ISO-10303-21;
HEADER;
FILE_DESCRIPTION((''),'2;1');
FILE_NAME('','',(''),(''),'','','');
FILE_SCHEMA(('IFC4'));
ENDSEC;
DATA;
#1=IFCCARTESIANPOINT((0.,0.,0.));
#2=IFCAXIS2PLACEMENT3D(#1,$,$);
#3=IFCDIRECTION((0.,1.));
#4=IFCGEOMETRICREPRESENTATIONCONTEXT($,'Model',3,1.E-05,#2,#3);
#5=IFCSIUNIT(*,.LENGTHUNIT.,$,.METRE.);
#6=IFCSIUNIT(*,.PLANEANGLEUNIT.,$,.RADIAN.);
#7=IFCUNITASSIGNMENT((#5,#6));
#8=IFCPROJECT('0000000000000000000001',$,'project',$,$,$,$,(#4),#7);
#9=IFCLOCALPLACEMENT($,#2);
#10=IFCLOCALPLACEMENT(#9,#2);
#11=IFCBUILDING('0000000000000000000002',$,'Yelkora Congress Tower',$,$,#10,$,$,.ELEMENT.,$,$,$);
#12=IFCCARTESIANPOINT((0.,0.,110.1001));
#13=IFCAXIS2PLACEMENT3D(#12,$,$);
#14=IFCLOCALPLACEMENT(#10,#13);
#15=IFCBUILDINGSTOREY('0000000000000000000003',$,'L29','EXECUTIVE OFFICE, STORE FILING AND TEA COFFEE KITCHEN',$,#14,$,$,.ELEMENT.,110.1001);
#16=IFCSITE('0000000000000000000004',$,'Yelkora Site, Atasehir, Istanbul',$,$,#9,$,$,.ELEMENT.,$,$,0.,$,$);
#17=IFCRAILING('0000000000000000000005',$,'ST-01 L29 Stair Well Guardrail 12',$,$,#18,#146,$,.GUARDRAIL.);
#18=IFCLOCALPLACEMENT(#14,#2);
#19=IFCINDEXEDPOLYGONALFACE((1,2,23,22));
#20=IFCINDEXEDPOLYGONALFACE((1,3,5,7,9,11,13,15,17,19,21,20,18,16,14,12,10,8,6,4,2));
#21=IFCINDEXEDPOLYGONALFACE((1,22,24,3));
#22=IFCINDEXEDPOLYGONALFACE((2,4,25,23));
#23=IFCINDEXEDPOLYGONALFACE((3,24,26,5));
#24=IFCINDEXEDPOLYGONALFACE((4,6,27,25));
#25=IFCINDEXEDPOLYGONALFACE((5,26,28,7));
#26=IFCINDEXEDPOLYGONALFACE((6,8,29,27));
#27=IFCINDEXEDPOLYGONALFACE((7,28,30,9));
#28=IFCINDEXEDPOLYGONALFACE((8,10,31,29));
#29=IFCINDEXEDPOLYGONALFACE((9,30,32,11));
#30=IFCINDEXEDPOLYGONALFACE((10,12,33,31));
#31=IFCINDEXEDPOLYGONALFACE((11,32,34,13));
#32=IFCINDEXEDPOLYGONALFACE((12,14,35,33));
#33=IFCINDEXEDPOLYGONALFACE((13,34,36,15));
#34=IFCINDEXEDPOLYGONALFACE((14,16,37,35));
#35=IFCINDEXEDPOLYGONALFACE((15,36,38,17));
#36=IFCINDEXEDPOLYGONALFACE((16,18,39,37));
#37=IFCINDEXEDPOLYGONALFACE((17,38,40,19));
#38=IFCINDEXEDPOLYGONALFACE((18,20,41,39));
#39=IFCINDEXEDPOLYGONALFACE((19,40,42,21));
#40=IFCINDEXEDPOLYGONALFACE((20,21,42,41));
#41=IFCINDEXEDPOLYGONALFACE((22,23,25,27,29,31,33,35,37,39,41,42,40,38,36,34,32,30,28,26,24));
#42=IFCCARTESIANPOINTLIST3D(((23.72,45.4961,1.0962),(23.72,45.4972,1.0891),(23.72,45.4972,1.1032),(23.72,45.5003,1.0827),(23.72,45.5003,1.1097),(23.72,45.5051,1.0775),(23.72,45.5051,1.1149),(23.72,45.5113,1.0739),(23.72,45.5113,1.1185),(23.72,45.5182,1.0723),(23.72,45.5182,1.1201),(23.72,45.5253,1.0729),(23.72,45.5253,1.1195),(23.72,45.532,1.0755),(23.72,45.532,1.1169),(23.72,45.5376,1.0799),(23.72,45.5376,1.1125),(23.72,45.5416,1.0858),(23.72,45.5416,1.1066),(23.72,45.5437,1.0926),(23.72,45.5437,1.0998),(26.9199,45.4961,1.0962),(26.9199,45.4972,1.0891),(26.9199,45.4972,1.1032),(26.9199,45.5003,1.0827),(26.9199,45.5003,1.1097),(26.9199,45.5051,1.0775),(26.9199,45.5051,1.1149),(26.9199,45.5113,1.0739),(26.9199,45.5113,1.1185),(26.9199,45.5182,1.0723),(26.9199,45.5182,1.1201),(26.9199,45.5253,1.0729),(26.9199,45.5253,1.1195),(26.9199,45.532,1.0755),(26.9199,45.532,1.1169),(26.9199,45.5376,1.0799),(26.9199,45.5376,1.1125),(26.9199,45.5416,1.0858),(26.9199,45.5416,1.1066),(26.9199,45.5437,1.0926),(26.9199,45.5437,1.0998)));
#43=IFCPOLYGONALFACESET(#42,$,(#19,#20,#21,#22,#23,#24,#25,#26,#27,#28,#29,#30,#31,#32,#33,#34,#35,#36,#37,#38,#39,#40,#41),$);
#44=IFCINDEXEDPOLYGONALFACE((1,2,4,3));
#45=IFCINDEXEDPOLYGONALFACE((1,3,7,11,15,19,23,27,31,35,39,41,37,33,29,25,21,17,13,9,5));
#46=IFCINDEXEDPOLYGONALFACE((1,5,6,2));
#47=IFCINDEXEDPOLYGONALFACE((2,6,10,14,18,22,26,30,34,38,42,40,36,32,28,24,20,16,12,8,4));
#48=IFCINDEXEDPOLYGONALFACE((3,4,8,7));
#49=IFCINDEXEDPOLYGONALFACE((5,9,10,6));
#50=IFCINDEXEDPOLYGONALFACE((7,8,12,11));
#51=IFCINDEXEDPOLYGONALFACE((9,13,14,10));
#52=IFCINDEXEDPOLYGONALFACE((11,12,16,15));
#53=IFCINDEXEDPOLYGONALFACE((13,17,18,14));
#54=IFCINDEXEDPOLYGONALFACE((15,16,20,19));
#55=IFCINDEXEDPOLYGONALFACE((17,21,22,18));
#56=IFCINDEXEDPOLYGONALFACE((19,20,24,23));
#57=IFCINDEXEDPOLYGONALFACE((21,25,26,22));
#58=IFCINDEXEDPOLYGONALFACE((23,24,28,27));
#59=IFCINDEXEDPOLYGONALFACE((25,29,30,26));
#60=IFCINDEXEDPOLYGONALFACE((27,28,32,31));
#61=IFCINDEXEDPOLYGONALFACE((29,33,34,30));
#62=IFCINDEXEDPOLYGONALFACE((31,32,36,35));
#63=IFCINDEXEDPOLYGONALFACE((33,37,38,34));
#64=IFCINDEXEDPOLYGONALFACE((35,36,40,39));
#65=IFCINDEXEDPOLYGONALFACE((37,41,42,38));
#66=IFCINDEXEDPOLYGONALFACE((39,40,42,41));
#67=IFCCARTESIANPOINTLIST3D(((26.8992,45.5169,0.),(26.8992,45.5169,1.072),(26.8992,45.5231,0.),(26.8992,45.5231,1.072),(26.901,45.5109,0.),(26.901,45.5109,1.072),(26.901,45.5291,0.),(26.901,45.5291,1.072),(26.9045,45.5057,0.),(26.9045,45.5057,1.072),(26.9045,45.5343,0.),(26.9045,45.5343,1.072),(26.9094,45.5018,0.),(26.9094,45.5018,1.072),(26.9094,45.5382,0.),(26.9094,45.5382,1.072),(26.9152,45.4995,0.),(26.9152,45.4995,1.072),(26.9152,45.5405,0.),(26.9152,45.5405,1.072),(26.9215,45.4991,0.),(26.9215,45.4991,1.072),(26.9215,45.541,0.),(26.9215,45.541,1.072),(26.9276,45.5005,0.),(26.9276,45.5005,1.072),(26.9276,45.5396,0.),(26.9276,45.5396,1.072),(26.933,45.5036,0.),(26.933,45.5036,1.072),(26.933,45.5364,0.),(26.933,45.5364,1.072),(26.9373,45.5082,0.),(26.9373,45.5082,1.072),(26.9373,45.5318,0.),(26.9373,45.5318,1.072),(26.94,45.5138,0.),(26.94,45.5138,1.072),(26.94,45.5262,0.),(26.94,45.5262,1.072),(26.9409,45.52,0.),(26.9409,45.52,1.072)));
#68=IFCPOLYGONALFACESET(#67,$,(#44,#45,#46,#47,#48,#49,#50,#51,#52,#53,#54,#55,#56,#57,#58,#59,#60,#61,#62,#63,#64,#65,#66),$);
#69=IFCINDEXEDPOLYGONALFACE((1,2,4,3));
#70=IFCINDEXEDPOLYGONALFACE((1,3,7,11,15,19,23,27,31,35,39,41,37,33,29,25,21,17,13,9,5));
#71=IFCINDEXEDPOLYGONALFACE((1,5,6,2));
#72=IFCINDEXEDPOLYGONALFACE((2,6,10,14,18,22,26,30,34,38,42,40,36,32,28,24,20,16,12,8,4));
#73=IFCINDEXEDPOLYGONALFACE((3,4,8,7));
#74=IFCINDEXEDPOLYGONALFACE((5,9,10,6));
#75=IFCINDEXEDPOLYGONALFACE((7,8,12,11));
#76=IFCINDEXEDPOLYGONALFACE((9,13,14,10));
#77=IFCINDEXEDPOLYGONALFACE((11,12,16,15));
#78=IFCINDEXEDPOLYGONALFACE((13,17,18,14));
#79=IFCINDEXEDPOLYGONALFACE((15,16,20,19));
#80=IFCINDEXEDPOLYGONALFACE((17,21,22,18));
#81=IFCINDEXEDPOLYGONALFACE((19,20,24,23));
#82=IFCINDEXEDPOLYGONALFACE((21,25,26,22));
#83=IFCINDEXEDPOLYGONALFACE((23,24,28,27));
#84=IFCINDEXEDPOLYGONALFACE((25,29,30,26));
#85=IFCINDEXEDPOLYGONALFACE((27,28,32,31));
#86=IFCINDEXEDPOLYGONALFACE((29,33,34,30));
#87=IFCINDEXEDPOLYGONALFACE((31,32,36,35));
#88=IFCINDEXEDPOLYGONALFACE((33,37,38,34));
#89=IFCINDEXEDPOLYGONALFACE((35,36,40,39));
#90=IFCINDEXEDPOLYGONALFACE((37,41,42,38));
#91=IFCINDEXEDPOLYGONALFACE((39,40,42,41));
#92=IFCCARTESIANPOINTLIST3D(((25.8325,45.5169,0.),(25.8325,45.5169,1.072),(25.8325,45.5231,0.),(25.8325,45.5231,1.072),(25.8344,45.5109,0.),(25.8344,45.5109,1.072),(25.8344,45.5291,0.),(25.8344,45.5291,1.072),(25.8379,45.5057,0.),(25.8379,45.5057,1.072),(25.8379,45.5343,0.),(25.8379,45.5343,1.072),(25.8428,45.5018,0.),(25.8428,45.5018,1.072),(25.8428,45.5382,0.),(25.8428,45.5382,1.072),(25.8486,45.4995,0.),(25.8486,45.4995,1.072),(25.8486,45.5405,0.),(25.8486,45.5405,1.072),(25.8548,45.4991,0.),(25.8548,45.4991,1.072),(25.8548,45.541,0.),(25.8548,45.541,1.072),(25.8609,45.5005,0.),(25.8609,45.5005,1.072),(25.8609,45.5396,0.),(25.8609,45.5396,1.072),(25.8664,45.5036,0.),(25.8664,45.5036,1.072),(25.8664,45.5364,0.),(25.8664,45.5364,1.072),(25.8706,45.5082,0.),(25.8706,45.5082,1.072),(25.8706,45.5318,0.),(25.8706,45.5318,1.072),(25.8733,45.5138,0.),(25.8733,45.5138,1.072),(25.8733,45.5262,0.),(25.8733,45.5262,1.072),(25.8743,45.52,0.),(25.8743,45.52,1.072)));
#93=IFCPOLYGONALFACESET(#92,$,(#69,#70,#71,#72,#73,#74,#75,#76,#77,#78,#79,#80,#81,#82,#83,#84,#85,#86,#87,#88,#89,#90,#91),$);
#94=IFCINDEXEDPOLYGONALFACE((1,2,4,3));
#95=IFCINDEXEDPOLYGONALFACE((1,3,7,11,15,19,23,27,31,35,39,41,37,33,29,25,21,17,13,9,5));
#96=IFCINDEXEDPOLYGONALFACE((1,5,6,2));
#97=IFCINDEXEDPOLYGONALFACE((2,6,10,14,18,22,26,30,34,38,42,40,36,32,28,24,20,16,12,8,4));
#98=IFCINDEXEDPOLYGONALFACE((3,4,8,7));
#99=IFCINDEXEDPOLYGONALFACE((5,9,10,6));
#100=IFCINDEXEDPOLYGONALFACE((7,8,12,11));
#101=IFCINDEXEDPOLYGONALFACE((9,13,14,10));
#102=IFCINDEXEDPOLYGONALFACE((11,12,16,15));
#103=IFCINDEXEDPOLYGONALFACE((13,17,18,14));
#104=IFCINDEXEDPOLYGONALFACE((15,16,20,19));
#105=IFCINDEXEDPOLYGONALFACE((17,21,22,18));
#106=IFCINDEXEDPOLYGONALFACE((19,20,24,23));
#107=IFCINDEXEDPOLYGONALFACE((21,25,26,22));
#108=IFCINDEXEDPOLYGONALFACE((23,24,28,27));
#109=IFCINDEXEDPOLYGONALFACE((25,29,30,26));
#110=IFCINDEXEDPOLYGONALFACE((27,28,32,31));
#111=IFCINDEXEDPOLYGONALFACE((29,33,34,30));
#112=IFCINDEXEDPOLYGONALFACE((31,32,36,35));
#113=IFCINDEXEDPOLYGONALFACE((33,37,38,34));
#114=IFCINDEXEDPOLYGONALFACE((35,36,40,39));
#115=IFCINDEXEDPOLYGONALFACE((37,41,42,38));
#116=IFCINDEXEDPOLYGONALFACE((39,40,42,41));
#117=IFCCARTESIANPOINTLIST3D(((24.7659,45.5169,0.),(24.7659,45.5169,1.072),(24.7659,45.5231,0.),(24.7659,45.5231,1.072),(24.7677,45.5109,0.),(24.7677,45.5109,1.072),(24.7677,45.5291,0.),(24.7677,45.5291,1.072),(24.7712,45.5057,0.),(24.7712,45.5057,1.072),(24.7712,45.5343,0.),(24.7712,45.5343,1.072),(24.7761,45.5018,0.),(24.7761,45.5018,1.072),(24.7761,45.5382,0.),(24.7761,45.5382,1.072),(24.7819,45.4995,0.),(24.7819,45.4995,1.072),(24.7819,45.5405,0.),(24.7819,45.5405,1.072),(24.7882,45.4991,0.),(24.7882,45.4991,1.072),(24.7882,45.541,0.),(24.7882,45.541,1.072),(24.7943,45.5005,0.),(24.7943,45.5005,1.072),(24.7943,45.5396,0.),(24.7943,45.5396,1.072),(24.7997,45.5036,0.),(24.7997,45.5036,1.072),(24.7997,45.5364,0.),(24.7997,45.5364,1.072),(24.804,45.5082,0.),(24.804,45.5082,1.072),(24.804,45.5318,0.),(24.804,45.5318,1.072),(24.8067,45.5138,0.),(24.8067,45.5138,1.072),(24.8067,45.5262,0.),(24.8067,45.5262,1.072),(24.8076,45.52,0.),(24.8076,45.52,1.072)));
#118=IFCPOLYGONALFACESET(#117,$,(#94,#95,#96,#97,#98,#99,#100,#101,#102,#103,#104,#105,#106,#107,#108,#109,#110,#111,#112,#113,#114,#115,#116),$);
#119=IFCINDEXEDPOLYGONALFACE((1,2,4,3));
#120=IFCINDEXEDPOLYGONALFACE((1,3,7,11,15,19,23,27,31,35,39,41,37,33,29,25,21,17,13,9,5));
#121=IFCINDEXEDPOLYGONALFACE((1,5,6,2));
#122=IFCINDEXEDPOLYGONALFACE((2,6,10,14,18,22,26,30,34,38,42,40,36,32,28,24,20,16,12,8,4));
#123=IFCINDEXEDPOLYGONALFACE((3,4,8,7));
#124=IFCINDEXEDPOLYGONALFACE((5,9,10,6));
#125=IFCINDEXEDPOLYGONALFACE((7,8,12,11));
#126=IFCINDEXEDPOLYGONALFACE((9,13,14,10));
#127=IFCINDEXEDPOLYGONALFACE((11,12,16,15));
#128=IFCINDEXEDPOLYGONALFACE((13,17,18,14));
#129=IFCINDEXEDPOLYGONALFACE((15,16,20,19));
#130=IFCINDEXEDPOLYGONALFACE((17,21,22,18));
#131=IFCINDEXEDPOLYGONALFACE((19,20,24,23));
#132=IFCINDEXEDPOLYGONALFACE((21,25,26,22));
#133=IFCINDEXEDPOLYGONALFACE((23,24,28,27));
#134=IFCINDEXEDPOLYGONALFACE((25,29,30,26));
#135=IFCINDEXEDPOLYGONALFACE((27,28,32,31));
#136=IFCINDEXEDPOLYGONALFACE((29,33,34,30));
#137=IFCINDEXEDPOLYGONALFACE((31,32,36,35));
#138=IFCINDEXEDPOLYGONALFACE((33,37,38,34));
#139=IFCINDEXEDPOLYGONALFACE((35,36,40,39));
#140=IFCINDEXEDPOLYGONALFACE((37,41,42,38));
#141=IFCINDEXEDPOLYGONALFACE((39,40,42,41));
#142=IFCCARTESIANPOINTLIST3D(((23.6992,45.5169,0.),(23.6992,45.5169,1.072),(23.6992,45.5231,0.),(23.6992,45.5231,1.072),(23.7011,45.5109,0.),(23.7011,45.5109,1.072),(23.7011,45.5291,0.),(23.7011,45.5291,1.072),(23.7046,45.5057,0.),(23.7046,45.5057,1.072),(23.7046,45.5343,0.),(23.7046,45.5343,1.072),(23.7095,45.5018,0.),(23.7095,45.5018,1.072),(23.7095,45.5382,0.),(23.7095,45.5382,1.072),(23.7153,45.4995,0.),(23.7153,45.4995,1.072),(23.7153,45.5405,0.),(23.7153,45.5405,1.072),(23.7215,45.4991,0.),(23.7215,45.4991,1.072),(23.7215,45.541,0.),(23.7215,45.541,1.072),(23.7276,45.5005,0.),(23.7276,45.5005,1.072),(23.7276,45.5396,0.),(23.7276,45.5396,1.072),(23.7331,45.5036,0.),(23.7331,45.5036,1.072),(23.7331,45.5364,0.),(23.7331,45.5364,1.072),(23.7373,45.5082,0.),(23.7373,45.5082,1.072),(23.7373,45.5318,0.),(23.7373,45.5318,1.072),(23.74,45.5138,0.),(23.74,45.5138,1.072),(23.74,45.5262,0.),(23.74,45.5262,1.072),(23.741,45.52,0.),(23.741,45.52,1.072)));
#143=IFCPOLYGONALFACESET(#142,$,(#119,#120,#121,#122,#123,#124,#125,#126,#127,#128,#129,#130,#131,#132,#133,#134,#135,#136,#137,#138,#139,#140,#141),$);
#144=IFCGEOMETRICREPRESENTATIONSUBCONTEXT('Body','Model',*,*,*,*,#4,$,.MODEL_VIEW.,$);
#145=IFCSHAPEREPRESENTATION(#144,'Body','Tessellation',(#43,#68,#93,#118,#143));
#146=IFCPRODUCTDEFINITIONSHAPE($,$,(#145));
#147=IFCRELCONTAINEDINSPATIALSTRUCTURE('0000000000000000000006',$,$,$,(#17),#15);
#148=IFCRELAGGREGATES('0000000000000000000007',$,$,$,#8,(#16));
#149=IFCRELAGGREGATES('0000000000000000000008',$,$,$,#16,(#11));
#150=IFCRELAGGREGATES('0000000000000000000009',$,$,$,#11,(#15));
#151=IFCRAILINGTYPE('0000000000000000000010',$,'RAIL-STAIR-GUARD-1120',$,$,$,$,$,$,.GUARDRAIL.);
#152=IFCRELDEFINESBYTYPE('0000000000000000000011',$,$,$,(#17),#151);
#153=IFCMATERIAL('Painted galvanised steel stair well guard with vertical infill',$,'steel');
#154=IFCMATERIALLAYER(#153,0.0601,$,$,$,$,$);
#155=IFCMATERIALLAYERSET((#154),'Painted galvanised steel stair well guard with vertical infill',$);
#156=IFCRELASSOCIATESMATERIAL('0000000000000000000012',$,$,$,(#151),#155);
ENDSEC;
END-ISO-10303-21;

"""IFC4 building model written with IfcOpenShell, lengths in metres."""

from ifc_helpers import new_model, si_unit, direction, frame, origin, origin_2d, place, context, subcontext, project, spatial, circle, extrude, material, layer, layer_set, type_object, element, save


model = new_model("IFC4")

# Units and contexts
model_context = context("Model", 3, precision=1e-05, world=origin(), true_north=direction((0.0, 1.0)))
body_context = subcontext(model_context, "Body", "Model", "MODEL_VIEW")
ifc_project = project(units=[si_unit("LENGTHUNIT", "METRE"), si_unit("PLANEANGLEUNIT", "RADIAN")], contexts=[model_context])

# Site, building, storey
site_placement = place(None, origin())
site = spatial("IfcSite", under=ifc_project, at=site_placement, Name="Yelkora Site, Atasehir, Istanbul", CompositionType="ELEMENT", RefElevation=0.0)
building_placement = place(site_placement, origin())
building = spatial("IfcBuilding", under=site, at=building_placement, Name="Yelkora Congress Tower", CompositionType="ELEMENT")
storey_placement = place(building_placement, frame((0.0, 0.0, 110.1001)))
storey = spatial("IfcBuildingStorey", under=building, at=storey_placement, Name="L29", Description="EXECUTIVE OFFICE, STORE FILING AND TEA COFFEE KITCHEN", CompositionType="ELEMENT", Elevation=110.1001)

# Railing
ifc_material_1 = material(Name="Painted galvanised steel stair well guard with vertical infill", Category="steel")
ifc_layer_1 = layer(ifc_material_1, 0.0601)
ifc_layer_set_1 = layer_set([ifc_layer_1], Name="Painted galvanised steel stair well guard with vertical infill")
railing_type_1 = type_object("IfcRailingType", Name="RAIL-STAIR-GUARD-1120", PredefinedType="GUARDRAIL", material=ifc_layer_set_1)
railing_1_placement = place(storey_placement, frame((26.9199, 45.52, 0.0)))
element("IfcRailing", 1, at=railing_1_placement, inside=storey, type_object=railing_type_1, Name="ST-01 L29 Stair Well Guardrail 12", PredefinedType="GUARDRAIL", context=body_context, shape_type="SweptSolid", body=[
    extrude(circle(Radius=0.0239, at=origin_2d()), frame((0.0, 0.0, 1.0962), z_axis=(-1.0, 0.0, 0.0), x_axis=(0.0, -1.0, 0.0)), (0.0, 0.0, 1.0), 3.2),
    extrude(circle(Radius=0.021, at=origin_2d()), origin(), (0.0, 0.0, 1.0), 1.072),
    extrude(circle(Radius=0.021, at=origin_2d()), frame((-1.0667, 0.0, 0.0)), (0.0, 0.0, 1.0), 1.072),
    extrude(circle(Radius=0.021, at=origin_2d()), frame((-2.1333, 0.0, 0.0)), (0.0, 0.0, 1.0), 1.072),
    extrude(circle(Radius=0.021, at=origin_2d()), frame((-3.2, 0.0, 0.0)), (0.0, 0.0, 1.0), 1.072),
])

save(model, "model.ifc")
